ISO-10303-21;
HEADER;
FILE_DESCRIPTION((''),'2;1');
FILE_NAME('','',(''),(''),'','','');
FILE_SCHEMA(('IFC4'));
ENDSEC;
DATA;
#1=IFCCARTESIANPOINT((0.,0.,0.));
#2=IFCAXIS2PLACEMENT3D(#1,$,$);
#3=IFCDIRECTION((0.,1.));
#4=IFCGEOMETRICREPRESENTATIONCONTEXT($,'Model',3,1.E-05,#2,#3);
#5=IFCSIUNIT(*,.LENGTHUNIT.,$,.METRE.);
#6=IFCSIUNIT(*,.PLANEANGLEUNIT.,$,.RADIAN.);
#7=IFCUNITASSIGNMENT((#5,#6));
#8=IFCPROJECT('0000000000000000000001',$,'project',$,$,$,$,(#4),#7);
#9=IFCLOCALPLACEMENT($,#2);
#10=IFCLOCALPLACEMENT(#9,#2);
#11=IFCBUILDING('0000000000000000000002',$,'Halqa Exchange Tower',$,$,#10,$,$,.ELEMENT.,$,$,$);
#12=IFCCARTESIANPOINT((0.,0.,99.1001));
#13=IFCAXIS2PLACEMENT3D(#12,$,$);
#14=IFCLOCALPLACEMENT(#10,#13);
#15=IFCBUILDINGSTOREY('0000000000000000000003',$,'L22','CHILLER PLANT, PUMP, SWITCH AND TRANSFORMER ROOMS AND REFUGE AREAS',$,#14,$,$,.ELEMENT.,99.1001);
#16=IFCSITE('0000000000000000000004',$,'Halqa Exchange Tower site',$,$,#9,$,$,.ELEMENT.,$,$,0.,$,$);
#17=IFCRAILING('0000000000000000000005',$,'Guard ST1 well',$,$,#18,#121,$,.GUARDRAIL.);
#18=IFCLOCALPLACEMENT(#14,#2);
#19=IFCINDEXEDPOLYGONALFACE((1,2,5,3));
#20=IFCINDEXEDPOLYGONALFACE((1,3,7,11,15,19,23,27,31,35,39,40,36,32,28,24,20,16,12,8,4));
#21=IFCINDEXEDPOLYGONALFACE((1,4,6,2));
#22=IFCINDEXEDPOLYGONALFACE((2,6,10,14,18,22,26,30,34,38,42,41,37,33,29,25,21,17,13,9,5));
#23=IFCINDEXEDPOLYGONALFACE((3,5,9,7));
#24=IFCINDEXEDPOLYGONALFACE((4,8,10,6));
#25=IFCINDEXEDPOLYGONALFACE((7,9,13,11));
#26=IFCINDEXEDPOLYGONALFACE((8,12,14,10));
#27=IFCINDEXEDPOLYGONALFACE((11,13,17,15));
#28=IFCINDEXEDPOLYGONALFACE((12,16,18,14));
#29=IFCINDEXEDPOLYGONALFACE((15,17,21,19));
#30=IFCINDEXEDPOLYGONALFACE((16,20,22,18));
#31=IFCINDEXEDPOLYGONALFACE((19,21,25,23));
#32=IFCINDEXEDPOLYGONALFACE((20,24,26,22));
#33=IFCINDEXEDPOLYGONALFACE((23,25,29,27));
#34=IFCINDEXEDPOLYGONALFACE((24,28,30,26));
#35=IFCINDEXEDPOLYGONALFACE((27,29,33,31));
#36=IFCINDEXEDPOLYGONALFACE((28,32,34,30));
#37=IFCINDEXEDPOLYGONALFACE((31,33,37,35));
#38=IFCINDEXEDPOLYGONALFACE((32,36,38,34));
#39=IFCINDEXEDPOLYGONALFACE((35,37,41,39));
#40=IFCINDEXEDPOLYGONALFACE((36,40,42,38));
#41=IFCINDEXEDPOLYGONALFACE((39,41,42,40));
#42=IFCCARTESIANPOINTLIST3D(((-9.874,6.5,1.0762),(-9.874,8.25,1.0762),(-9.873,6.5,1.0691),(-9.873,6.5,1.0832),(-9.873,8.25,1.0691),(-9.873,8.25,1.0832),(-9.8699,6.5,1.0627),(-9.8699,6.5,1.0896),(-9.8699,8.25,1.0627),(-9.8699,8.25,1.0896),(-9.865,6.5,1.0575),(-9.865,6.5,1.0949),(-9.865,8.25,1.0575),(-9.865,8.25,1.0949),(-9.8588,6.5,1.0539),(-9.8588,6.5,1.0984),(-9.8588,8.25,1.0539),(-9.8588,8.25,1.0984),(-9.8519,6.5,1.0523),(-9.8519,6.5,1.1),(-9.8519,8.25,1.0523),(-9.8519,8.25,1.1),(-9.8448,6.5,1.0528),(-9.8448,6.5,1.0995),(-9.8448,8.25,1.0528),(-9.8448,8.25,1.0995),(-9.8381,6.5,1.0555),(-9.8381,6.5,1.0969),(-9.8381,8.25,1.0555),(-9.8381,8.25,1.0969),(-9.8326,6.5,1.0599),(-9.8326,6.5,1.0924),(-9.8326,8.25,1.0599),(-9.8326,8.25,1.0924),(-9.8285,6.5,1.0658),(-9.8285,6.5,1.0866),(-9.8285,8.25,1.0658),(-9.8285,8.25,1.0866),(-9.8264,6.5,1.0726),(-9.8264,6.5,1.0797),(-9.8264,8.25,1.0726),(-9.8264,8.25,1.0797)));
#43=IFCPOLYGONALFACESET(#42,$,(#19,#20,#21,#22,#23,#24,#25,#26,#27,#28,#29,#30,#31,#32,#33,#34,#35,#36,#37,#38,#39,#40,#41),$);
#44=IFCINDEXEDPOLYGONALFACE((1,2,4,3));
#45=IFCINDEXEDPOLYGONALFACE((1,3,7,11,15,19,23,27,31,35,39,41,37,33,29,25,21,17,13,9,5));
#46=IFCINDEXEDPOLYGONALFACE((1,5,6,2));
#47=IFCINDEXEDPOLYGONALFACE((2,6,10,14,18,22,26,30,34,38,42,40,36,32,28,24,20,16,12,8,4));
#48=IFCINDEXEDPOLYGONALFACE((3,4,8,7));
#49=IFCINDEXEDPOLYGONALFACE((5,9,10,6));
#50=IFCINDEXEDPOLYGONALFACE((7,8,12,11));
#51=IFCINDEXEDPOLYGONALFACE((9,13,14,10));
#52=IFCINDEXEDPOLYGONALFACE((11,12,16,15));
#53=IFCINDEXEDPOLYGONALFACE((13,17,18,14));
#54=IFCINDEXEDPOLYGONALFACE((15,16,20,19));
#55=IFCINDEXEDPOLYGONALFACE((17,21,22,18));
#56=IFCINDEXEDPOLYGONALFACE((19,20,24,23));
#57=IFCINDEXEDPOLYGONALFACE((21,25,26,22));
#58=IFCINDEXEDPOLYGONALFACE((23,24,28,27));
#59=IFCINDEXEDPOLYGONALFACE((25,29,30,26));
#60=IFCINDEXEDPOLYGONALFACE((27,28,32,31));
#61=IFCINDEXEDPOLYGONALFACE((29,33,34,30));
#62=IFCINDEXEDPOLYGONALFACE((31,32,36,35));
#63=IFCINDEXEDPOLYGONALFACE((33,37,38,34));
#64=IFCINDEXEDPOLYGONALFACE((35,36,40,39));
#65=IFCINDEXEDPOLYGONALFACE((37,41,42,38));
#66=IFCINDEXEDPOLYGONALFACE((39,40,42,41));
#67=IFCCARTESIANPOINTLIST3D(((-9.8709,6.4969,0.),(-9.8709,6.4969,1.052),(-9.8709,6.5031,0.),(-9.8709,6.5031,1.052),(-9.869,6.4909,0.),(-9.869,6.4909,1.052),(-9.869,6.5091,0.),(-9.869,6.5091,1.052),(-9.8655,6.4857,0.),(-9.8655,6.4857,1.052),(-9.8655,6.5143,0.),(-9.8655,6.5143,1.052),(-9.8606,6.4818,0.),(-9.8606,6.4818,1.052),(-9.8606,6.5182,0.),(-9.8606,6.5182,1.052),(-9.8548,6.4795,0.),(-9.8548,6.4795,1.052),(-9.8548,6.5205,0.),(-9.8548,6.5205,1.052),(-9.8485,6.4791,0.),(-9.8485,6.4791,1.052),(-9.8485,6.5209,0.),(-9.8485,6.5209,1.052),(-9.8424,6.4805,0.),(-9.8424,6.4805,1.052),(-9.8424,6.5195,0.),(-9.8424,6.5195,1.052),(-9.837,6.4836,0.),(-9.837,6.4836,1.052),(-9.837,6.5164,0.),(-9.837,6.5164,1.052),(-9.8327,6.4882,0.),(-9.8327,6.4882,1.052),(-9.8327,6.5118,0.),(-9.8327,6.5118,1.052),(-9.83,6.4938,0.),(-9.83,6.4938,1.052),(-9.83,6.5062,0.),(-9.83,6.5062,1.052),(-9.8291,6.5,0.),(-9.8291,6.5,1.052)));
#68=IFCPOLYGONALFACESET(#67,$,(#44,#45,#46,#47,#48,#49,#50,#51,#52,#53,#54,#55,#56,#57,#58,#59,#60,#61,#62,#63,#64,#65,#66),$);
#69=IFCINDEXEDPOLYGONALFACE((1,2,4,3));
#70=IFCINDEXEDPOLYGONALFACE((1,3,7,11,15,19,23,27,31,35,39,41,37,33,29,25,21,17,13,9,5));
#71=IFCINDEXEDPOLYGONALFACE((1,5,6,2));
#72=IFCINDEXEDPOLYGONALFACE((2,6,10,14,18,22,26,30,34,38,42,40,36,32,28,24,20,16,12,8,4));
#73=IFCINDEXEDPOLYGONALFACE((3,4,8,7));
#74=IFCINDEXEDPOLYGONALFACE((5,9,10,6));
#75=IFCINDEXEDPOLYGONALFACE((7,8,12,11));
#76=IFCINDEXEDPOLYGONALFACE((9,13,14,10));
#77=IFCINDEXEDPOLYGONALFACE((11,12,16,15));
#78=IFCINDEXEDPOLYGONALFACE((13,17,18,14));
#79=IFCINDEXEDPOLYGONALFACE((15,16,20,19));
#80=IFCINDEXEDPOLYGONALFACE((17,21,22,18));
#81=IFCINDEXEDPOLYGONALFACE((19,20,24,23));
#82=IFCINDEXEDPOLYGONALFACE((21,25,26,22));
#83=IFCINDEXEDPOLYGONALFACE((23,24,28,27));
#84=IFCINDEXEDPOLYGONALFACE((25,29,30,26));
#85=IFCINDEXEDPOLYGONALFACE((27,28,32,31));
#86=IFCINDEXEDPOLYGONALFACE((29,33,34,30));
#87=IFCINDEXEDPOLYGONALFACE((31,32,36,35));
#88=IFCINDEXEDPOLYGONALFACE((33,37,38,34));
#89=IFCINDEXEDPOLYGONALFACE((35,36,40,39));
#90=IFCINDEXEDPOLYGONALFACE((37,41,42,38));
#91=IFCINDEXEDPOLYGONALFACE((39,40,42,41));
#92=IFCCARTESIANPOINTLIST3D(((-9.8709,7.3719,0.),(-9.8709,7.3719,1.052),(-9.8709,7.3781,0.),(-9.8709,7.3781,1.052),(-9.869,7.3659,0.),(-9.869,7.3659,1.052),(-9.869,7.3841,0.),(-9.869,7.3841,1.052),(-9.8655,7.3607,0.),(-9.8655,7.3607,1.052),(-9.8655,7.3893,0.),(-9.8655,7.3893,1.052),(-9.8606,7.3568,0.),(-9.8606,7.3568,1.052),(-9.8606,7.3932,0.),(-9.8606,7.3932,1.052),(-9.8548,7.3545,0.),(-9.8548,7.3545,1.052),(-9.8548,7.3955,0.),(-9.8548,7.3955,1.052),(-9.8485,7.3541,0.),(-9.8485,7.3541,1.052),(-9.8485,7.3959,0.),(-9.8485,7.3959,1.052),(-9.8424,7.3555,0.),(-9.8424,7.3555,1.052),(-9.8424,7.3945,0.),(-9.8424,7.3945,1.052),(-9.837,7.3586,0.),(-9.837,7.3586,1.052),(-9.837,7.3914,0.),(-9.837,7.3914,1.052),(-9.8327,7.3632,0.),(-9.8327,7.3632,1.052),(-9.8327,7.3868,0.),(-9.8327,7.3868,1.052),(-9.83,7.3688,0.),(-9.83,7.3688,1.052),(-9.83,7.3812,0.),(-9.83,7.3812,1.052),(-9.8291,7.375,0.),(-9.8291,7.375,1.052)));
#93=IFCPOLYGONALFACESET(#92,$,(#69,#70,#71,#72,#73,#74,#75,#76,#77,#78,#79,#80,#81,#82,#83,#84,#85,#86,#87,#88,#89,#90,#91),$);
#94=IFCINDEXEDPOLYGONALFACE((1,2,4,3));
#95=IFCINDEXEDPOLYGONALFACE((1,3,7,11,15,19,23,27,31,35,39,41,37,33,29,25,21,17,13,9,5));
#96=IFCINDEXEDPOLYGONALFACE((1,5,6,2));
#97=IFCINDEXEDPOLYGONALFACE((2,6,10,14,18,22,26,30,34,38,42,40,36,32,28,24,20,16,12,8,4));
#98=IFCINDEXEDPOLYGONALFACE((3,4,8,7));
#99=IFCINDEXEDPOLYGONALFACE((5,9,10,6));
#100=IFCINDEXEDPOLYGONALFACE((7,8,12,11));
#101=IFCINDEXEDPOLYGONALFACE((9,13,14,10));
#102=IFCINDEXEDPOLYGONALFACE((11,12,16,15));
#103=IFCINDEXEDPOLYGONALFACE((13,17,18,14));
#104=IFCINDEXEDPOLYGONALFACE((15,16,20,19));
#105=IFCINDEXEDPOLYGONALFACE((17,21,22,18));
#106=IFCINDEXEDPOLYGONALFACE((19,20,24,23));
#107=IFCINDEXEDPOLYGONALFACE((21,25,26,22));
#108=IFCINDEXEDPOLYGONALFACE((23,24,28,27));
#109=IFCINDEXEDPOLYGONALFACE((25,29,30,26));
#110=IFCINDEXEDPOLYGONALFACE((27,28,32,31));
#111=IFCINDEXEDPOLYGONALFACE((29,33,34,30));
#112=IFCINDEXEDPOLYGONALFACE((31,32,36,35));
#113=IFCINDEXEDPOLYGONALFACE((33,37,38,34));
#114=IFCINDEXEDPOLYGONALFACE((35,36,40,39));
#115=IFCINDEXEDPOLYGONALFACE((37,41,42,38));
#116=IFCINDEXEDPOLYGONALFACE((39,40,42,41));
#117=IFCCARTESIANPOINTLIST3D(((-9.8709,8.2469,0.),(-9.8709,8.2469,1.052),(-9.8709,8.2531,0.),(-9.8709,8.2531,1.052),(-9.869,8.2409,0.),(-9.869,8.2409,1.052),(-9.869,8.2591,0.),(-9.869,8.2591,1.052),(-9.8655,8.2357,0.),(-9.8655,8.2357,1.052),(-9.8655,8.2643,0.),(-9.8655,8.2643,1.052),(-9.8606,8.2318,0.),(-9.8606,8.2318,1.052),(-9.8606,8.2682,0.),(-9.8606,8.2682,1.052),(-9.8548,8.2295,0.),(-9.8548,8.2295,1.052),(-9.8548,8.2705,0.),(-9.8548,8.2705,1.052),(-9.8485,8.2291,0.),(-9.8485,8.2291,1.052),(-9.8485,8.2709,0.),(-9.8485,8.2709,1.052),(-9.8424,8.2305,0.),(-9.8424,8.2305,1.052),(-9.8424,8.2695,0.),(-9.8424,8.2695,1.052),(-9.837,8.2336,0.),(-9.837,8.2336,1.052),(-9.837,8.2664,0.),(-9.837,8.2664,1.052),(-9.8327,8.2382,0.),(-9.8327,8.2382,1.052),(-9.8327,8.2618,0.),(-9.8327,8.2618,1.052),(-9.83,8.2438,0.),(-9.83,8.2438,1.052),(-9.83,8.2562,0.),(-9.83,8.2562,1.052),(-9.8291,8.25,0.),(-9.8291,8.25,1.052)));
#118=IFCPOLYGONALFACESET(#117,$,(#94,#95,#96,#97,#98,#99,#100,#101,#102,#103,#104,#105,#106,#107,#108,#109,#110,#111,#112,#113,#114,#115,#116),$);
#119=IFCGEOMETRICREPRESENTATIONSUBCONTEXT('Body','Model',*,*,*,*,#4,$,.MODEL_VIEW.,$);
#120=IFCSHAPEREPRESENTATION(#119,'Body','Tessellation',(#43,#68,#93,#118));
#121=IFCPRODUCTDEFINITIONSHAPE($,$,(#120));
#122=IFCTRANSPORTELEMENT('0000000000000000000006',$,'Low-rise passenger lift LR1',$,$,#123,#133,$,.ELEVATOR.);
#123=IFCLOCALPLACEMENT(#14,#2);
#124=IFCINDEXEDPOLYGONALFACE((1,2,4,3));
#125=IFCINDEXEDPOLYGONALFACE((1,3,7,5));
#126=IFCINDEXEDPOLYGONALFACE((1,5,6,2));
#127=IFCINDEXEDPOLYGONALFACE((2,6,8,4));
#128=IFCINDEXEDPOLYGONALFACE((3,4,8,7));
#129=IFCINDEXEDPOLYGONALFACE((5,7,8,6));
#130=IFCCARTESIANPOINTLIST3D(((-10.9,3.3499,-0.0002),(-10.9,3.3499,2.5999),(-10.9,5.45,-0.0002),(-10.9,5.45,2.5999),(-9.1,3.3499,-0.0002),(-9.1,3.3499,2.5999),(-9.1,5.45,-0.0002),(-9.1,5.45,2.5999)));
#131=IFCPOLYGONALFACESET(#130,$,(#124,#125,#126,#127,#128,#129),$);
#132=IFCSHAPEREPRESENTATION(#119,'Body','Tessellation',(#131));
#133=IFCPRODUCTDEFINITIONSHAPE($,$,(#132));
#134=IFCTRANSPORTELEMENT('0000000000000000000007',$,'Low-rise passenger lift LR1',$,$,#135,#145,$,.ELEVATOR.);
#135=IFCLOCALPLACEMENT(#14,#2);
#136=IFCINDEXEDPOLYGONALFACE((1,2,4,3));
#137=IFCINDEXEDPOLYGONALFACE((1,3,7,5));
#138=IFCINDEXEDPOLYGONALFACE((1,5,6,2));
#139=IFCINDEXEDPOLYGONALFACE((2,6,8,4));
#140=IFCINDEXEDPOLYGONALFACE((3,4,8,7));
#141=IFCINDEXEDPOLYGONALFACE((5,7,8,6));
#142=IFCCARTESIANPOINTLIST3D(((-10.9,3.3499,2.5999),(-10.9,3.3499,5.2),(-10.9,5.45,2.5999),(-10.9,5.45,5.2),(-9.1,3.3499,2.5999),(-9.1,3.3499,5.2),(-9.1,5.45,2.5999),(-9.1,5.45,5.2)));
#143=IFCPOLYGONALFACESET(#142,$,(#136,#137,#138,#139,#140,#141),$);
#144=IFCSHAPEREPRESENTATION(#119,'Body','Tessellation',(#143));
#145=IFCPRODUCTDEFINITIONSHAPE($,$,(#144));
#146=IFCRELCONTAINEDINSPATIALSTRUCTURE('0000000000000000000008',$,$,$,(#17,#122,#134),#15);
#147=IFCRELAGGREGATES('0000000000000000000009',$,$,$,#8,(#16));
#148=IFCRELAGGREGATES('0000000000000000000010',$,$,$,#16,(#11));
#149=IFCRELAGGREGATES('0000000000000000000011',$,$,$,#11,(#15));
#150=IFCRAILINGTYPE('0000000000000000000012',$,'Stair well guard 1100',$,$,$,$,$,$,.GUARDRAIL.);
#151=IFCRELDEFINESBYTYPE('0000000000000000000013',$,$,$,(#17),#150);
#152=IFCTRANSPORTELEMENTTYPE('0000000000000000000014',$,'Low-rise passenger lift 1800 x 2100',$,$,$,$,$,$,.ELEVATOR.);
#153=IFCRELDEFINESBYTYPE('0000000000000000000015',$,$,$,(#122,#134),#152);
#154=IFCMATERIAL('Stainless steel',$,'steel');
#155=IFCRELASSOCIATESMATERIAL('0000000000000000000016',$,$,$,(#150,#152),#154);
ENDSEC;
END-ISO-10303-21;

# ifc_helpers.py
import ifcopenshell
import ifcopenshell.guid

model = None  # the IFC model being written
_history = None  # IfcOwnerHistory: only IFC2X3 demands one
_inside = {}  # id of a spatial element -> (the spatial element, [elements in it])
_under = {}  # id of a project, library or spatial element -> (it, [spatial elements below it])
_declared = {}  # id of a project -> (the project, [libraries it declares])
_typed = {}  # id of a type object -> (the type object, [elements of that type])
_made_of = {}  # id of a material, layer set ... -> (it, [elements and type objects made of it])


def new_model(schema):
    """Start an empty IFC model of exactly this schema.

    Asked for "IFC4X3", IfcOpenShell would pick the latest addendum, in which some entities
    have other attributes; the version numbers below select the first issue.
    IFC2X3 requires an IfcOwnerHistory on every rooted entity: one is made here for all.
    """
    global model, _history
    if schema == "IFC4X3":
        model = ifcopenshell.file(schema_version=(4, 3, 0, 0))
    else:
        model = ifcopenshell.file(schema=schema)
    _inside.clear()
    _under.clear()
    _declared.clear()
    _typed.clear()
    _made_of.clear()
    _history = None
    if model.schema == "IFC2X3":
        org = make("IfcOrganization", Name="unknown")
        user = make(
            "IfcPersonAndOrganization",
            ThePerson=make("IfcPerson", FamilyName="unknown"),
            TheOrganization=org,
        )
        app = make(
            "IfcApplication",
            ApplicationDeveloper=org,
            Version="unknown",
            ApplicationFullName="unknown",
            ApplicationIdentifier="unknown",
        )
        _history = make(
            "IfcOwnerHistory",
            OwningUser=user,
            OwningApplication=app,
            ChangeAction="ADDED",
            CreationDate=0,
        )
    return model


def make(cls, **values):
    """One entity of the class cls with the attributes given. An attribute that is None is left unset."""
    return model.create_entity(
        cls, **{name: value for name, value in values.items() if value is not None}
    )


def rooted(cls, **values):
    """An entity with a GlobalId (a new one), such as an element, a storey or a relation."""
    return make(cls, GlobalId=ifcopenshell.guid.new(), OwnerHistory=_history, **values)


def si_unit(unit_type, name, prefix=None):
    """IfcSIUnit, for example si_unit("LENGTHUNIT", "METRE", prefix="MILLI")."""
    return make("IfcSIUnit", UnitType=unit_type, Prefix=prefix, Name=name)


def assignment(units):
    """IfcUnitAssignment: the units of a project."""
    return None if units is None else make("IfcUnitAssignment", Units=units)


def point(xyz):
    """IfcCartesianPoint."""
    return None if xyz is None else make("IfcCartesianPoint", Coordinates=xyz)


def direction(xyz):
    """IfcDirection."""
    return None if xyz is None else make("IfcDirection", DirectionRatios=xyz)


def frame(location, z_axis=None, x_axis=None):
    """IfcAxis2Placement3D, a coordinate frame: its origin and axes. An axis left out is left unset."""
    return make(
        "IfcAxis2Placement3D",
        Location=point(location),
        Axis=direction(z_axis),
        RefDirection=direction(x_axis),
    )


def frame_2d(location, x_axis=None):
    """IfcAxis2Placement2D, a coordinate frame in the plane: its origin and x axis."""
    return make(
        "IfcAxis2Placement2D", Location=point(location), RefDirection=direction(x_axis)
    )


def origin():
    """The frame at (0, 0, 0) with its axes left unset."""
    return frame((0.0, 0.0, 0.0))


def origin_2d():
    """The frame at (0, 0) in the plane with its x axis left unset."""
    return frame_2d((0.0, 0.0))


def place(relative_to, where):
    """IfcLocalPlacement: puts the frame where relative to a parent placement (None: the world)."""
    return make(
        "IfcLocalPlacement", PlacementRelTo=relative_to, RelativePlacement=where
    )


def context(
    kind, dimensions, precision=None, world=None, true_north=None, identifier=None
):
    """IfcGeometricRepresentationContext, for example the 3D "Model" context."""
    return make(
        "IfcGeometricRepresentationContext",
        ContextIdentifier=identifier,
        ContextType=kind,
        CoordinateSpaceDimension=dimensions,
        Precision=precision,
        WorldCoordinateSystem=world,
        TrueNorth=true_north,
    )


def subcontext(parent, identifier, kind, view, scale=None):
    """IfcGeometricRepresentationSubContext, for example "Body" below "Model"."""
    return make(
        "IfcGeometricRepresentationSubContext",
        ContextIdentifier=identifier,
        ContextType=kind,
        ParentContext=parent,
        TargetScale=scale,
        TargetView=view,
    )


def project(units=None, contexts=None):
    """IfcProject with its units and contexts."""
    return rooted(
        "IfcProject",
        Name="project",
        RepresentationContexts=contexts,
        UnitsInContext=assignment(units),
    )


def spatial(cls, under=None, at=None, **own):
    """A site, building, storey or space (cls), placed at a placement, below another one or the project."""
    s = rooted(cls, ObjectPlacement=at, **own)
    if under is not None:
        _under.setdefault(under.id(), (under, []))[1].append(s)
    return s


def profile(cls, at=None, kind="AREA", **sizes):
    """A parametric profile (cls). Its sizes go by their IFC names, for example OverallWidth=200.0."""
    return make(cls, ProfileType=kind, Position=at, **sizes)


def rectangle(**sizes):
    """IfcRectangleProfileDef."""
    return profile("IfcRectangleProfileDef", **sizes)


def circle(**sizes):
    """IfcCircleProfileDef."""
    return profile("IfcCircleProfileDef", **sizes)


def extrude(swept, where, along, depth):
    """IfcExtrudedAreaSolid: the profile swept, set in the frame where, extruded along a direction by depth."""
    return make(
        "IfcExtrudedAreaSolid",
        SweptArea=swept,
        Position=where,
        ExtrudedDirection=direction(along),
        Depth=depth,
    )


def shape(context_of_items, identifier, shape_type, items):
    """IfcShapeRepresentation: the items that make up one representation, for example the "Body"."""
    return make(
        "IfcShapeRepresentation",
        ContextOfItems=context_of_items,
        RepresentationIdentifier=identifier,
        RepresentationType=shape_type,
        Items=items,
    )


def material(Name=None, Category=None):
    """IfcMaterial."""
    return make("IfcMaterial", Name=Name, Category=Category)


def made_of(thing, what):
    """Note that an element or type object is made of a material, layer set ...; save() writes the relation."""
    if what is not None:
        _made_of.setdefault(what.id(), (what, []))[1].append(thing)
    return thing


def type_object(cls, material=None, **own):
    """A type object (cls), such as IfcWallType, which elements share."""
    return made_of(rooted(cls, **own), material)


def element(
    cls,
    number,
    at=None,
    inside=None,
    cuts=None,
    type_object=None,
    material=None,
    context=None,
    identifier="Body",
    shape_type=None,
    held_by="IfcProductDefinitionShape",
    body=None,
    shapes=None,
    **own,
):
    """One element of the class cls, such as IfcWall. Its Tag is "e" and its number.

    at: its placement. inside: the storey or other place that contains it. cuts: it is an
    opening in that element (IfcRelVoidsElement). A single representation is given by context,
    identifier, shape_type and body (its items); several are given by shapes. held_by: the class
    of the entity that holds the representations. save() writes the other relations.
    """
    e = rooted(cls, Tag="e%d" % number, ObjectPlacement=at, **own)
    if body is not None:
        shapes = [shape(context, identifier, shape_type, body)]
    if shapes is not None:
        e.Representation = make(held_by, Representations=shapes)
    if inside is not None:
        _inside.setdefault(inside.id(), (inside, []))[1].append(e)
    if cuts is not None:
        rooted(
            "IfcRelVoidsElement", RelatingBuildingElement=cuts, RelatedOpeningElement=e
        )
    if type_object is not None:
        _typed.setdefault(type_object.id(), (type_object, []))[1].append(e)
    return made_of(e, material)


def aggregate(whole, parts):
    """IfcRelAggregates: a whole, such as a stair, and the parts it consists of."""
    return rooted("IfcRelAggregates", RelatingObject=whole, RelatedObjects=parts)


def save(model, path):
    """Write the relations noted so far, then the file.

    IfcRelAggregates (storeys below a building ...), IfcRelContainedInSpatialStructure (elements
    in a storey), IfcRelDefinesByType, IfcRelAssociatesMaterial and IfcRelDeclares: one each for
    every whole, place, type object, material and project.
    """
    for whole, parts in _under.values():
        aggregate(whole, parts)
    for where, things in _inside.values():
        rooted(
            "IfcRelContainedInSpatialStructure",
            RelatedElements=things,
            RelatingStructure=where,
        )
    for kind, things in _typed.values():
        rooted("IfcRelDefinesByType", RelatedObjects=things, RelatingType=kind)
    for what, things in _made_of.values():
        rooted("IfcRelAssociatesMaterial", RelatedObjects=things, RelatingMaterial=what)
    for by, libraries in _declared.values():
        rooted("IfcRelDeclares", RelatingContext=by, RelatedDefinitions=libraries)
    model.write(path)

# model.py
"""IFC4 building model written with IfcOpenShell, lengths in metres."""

from ifc_helpers import new_model, si_unit, direction, frame, origin, origin_2d, place, context, subcontext, project, spatial, rectangle, circle, extrude, material, type_object, element, save


model = new_model("IFC4")

# Units and contexts
model_context = context("Model", 3, precision=1e-05, world=origin(), true_north=direction((0.0, 1.0)))
body_context = subcontext(model_context, "Body", "Model", "MODEL_VIEW")
ifc_project = project(units=[si_unit("LENGTHUNIT", "METRE"), si_unit("PLANEANGLEUNIT", "RADIAN")], contexts=[model_context])

# Site, building, storey
site_placement = place(None, origin())
site = spatial("IfcSite", under=ifc_project, at=site_placement, Name="Halqa Exchange Tower site", CompositionType="ELEMENT", RefElevation=0.0)
building_placement = place(site_placement, origin())
building = spatial("IfcBuilding", under=site, at=building_placement, Name="Halqa Exchange Tower", CompositionType="ELEMENT")
storey_placement = place(building_placement, frame((0.0, 0.0, 99.1001)))
storey = spatial("IfcBuildingStorey", under=building, at=storey_placement, Name="L22", Description="CHILLER PLANT, PUMP, SWITCH AND TRANSFORMER ROOMS AND REFUGE AREAS", CompositionType="ELEMENT", Elevation=99.1001)

# Shared definitions
ifc_material_1 = material(Name="Stainless steel", Category="steel")

# Railing
railing_type_1 = type_object("IfcRailingType", Name="Stair well guard 1100", PredefinedType="GUARDRAIL", material=ifc_material_1)
railing_1_placement = place(storey_placement, frame((-9.8501, 6.5, 0.0)))
element("IfcRailing", 1, at=railing_1_placement, inside=storey, type_object=railing_type_1, Name="Guard ST1 well", PredefinedType="GUARDRAIL", context=body_context, shape_type="SweptSolid", body=[
    extrude(circle(Radius=0.0239, at=origin_2d()), frame((0.0, 0.0, 1.0762), z_axis=(0.0, 1.0, 0.0), x_axis=(-1.0, 0.0, 0.0)), (0.0, 0.0, 1.0), 1.75),
    extrude(circle(Radius=0.021, at=origin_2d()), origin(), (0.0, 0.0, 1.0), 1.052),
    extrude(circle(Radius=0.021, at=origin_2d()), frame((0.0, 0.875, 0.0)), (0.0, 0.0, 1.0), 1.052),
    extrude(circle(Radius=0.021, at=origin_2d()), frame((0.0, 1.75, 0.0)), (0.0, 0.0, 1.0), 1.052),
])

# Transport elements
transport_element_type = type_object("IfcTransportElementType", Name="Low-rise passenger lift 1800 x 2100", PredefinedType="ELEVATOR", material=ifc_material_1)
for number, where, z_axis, x_axis, name in (
    (2, (-10.0, 4.3999, -0.0002), (0.0, 0.0, 1.0), (1.0, 0.0, 0.0), "Low-rise passenger lift LR1"),
    (3, (-10.0, 4.3999, 2.5999), (0.0, 0.0, 1.0), (1.0, 0.0, 0.0), "Low-rise passenger lift LR1"),
):
    element("IfcTransportElement", number, at=place(storey_placement, frame(where, z_axis=z_axis, x_axis=x_axis)), inside=storey, type_object=transport_element_type, Name=name, PredefinedType="ELEVATOR", context=body_context, shape_type="SweptSolid", body=[
        extrude(rectangle(XDim=1.8, YDim=2.1001, at=origin_2d()), origin(), (0.0, 0.0, 1.0), 2.6001),
    ])

save(model, "model.ifc")
